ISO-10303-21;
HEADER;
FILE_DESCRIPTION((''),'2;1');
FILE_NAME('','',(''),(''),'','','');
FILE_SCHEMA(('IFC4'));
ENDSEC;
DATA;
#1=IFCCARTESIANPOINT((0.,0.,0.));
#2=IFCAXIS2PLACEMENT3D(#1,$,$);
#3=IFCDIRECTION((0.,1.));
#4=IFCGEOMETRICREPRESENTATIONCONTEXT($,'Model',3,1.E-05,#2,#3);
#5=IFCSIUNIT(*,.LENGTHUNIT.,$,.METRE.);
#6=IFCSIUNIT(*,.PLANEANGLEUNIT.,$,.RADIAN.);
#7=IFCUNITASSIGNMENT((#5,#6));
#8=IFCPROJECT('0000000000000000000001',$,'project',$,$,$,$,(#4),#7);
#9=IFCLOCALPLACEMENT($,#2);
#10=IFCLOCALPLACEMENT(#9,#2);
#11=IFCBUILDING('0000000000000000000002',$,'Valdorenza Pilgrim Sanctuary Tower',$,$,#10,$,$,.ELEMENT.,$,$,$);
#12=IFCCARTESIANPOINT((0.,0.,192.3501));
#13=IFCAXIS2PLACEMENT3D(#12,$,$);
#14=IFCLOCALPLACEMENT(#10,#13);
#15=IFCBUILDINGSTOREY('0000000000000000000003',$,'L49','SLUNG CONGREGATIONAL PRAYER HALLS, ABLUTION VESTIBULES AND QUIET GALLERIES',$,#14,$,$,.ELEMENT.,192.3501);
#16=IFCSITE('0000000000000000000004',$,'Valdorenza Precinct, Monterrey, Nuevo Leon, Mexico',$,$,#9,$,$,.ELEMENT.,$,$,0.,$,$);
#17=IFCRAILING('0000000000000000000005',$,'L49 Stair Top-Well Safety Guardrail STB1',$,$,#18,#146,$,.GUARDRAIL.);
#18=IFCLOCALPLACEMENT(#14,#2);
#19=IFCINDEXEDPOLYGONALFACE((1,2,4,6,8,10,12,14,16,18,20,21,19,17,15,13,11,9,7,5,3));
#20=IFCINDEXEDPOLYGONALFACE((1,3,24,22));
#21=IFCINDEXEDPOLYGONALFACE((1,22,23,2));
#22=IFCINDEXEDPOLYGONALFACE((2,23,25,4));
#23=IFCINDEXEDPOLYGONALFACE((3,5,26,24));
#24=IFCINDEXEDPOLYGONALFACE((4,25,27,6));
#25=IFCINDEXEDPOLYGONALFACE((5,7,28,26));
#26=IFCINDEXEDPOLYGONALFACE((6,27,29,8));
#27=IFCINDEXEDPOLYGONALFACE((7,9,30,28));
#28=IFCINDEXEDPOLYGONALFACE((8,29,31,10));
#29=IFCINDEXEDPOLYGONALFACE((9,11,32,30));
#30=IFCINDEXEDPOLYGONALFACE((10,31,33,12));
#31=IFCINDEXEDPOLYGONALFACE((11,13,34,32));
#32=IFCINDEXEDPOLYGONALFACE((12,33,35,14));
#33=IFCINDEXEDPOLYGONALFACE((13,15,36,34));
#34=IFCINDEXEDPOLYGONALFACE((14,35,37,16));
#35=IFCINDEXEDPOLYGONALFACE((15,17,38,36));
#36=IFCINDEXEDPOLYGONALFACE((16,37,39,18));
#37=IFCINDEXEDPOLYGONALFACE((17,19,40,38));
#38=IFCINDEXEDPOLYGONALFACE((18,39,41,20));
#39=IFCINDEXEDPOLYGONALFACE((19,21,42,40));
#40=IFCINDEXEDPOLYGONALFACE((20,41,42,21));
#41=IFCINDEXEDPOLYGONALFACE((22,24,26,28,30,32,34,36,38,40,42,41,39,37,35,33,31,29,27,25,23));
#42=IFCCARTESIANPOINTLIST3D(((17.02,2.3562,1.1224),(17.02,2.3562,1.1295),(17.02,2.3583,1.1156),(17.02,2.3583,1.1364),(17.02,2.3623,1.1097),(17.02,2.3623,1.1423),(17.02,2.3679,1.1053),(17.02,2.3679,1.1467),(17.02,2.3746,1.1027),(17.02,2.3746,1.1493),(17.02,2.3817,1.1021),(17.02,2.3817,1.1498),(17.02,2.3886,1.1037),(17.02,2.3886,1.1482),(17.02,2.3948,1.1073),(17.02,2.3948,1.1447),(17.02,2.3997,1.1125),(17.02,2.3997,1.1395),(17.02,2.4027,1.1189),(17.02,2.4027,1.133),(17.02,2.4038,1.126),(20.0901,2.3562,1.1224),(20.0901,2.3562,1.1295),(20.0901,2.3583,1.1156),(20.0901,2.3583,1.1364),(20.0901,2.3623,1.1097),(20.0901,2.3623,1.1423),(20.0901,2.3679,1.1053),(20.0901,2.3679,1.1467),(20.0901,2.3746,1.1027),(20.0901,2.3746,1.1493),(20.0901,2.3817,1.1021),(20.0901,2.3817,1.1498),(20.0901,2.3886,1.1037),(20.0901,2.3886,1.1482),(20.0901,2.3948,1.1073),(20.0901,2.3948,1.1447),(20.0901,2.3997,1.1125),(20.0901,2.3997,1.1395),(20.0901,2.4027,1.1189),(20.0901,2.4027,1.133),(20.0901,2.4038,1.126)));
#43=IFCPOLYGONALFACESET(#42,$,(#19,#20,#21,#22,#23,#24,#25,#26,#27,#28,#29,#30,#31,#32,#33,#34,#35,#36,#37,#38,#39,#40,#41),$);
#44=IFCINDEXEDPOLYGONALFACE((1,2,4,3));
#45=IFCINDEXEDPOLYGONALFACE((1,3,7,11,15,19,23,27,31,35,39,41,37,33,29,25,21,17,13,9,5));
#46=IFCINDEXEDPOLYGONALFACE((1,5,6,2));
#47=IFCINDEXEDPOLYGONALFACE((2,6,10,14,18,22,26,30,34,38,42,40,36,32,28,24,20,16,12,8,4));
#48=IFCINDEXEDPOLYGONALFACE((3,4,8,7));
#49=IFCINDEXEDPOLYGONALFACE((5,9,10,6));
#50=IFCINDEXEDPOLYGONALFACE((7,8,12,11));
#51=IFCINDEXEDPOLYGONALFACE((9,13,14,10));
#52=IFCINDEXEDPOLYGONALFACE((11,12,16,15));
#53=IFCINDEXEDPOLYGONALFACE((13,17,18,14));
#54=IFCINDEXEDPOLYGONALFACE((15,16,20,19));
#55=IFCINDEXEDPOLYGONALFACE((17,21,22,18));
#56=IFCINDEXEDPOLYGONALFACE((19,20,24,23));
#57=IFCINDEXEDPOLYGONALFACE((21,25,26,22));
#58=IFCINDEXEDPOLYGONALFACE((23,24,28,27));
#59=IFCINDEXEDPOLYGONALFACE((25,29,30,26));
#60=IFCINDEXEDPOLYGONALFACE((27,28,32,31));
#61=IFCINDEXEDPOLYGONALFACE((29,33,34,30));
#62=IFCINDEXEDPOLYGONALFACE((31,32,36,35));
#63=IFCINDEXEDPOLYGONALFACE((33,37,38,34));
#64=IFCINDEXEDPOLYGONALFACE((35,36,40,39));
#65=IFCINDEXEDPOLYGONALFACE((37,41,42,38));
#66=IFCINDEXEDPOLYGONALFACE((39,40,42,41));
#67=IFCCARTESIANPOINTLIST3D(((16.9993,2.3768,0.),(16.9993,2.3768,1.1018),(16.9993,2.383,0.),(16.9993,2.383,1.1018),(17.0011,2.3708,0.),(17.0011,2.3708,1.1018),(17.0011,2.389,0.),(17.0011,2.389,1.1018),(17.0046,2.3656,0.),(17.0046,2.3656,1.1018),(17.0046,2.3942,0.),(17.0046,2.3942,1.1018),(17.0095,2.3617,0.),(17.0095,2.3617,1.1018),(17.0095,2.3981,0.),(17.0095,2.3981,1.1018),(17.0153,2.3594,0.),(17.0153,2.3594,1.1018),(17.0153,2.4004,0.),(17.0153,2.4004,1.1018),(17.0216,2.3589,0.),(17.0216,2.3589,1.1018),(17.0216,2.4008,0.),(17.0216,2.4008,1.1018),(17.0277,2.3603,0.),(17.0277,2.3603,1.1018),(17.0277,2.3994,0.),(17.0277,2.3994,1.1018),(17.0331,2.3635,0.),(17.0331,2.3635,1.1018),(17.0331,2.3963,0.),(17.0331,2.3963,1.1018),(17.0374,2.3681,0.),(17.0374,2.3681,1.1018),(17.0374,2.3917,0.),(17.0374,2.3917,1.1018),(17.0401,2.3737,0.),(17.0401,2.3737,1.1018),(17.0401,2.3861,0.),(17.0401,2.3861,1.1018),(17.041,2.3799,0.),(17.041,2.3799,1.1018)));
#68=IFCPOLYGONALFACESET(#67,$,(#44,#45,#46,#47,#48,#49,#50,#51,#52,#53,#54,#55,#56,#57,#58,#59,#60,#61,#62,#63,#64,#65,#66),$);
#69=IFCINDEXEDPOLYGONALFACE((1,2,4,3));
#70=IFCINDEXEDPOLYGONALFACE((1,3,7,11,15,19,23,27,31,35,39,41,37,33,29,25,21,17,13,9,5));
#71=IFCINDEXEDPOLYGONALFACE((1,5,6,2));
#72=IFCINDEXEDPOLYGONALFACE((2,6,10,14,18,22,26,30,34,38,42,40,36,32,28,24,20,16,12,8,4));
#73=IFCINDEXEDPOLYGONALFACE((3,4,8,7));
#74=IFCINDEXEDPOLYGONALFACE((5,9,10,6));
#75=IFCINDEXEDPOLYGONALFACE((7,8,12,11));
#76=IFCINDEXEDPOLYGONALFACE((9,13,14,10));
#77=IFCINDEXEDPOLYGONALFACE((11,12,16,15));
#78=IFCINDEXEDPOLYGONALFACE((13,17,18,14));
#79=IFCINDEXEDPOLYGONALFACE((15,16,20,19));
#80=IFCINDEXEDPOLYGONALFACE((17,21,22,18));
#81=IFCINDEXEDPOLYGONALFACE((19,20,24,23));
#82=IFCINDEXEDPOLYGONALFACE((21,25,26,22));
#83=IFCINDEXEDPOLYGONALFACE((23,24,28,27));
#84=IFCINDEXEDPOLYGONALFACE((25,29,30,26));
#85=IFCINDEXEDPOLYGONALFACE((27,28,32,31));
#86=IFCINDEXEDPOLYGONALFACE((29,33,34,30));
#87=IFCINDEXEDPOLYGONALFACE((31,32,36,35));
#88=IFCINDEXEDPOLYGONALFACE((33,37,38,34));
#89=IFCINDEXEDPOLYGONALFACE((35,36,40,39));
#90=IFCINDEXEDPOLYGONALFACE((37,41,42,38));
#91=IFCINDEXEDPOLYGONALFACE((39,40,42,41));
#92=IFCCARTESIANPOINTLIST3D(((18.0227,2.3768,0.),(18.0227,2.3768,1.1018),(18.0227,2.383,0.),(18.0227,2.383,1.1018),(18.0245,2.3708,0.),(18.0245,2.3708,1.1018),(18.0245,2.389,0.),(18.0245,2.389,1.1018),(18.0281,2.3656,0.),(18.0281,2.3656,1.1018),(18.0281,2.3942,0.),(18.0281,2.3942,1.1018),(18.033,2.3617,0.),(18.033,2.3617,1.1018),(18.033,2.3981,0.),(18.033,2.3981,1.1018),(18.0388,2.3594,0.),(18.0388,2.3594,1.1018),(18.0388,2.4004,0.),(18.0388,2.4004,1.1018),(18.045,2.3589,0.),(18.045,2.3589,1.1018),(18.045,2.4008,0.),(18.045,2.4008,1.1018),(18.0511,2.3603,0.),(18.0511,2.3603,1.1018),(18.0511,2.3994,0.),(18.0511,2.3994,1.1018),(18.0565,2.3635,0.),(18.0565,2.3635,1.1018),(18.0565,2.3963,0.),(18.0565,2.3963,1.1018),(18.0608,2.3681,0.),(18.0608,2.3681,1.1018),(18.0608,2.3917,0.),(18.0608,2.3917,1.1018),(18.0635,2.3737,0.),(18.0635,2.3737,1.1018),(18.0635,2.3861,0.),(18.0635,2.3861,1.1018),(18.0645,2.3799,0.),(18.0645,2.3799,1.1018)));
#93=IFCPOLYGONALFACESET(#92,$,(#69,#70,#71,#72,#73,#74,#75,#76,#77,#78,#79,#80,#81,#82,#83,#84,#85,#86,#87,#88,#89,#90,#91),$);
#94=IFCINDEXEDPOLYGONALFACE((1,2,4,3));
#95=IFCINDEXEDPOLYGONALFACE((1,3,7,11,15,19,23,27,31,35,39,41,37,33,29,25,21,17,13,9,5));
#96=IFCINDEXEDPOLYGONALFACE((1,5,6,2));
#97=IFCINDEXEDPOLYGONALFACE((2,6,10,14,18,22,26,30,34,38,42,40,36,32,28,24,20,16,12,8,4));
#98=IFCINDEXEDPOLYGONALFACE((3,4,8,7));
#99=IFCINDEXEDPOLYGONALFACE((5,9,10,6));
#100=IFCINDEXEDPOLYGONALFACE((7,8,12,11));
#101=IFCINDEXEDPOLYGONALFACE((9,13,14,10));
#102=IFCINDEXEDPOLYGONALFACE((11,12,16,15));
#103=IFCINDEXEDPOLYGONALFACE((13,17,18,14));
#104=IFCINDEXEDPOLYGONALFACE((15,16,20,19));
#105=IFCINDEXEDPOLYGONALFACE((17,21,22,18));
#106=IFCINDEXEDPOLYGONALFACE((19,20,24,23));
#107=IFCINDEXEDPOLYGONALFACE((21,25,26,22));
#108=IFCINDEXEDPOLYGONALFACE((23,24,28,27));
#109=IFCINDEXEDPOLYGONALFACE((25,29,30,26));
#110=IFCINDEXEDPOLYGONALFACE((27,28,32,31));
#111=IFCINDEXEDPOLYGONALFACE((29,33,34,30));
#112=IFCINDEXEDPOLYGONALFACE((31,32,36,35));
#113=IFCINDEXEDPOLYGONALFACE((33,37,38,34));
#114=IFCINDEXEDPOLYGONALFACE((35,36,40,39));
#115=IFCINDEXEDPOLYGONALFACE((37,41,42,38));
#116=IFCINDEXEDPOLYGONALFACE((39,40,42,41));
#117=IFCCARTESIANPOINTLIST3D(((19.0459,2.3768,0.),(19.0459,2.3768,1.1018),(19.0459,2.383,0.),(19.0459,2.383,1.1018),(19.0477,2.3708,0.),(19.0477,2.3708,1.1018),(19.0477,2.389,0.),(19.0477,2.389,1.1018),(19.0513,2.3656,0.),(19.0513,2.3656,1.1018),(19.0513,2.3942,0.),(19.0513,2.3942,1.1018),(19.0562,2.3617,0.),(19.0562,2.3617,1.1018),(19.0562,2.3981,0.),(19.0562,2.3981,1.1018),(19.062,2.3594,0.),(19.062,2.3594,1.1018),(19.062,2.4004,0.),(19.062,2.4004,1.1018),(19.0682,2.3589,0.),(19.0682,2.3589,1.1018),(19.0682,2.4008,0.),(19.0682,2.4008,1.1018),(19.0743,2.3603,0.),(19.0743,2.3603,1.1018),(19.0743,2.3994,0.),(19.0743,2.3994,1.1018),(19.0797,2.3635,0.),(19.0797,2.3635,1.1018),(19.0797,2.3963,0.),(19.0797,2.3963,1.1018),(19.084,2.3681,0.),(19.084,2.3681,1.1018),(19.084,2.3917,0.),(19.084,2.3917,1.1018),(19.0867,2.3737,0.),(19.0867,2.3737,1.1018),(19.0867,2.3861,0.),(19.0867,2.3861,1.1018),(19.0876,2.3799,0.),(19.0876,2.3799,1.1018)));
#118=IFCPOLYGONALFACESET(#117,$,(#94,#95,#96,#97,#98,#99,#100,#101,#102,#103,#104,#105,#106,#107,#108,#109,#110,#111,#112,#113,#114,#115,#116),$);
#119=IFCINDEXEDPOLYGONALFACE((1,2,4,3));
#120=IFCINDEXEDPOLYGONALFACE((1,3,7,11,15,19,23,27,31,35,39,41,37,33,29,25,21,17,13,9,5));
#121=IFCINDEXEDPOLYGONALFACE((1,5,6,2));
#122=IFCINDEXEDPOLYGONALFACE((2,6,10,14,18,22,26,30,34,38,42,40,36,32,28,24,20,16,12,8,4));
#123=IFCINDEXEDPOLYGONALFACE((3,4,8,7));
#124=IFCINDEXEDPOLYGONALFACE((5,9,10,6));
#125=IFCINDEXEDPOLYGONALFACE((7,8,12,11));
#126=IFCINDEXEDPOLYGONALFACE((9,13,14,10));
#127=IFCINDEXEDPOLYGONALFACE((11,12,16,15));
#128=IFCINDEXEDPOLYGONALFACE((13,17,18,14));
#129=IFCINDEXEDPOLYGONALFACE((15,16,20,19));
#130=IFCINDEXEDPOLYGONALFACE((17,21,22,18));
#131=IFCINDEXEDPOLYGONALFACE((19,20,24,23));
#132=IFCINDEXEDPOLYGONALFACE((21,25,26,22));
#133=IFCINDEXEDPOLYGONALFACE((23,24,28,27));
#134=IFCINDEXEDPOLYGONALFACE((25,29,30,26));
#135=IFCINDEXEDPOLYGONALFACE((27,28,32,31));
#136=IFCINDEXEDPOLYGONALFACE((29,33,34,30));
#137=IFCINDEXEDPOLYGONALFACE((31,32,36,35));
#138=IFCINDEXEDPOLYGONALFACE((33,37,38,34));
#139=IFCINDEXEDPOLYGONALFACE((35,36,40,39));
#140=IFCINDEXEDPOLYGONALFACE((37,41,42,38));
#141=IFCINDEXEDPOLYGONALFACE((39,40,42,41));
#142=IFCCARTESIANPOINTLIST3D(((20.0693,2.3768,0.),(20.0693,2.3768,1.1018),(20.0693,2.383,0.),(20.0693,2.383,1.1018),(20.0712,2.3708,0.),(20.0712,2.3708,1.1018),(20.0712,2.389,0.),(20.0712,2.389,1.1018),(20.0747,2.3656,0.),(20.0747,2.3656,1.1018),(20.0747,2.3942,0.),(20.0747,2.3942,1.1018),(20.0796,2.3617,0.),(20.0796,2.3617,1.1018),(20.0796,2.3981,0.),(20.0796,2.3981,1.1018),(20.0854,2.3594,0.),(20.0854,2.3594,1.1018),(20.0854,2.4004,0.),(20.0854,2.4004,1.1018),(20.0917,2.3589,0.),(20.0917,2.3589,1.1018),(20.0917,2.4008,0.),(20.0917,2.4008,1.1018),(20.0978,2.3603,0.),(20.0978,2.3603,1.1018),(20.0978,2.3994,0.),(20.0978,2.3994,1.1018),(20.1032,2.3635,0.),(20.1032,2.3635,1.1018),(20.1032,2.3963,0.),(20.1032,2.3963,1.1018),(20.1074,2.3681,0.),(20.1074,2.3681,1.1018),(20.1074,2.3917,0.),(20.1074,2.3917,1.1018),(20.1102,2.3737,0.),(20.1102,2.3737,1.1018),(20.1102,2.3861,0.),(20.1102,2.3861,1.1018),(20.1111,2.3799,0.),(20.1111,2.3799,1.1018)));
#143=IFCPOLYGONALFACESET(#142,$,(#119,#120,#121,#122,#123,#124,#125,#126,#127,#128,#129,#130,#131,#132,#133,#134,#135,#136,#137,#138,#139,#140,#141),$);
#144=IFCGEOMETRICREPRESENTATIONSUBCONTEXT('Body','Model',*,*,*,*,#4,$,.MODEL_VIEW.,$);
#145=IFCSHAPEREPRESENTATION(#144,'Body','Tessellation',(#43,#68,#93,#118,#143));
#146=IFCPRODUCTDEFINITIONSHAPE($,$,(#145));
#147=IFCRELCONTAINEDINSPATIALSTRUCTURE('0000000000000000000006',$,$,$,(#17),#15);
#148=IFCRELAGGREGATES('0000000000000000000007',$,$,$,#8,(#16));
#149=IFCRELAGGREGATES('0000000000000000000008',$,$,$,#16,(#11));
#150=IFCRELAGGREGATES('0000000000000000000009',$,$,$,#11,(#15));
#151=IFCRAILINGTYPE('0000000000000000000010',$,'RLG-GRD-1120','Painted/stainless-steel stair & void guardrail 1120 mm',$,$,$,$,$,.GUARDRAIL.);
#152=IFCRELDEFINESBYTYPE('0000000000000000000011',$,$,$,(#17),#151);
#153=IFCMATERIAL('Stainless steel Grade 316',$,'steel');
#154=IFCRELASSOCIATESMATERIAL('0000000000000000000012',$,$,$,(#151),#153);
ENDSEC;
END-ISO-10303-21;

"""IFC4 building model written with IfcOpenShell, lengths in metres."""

from ifc_helpers import new_model, si_unit, direction, frame, origin, origin_2d, place, context, subcontext, project, spatial, circle, extrude, material, type_object, element, save


model = new_model("IFC4")

# Units and contexts
model_context = context("Model", 3, precision=1e-05, world=origin(), true_north=direction((0.0, 1.0)))
body_context = subcontext(model_context, "Body", "Model", "MODEL_VIEW")
ifc_project = project(units=[si_unit("LENGTHUNIT", "METRE"), si_unit("PLANEANGLEUNIT", "RADIAN")], contexts=[model_context])

# Site, building, storey
site_placement = place(None, origin())
site = spatial("IfcSite", under=ifc_project, at=site_placement, Name="Valdorenza Precinct, Monterrey, Nuevo Leon, Mexico", CompositionType="ELEMENT", RefElevation=0.0)
building_placement = place(site_placement, origin())
building = spatial("IfcBuilding", under=site, at=building_placement, Name="Valdorenza Pilgrim Sanctuary Tower", CompositionType="ELEMENT")
storey_placement = place(building_placement, frame((0.0, 0.0, 192.3501)))
storey = spatial("IfcBuildingStorey", under=building, at=storey_placement, Name="L49", Description="SLUNG CONGREGATIONAL PRAYER HALLS, ABLUTION VESTIBULES AND QUIET GALLERIES", CompositionType="ELEMENT", Elevation=192.3501)

# Railing
ifc_material_1 = material(Name="Stainless steel Grade 316", Category="steel")
railing_type = type_object("IfcRailingType", Name="RLG-GRD-1120", Description="Painted/stainless-steel stair & void guardrail 1120 mm", PredefinedType="GUARDRAIL", material=ifc_material_1)
railing_1_placement = place(storey_placement, frame((17.02, 2.3799, 0.0)))
element("IfcRailing", 1, at=railing_1_placement, inside=storey, type_object=railing_type, Name="L49 Stair Top-Well Safety Guardrail STB1", PredefinedType="GUARDRAIL", context=body_context, shape_type="SweptSolid", body=[
    extrude(circle(Radius=0.0239, at=origin_2d()), frame((0.0, 0.0, 1.126), z_axis=(1.0, 0.0, 0.0), x_axis=(0.0, 1.0, 0.0)), (0.0, 0.0, 1.0), 3.0701),
    extrude(circle(Radius=0.021, at=origin_2d()), origin(), (0.0, 0.0, 1.0), 1.1018),
    extrude(circle(Radius=0.021, at=origin_2d()), frame((1.0234, 0.0, 0.0)), (0.0, 0.0, 1.0), 1.1018),
    extrude(circle(Radius=0.021, at=origin_2d()), frame((2.0466, 0.0, 0.0)), (0.0, 0.0, 1.0), 1.1018),
    extrude(circle(Radius=0.021, at=origin_2d()), frame((3.0701, 0.0, 0.0)), (0.0, 0.0, 1.0), 1.1018),
])

save(model, "model.ifc")
